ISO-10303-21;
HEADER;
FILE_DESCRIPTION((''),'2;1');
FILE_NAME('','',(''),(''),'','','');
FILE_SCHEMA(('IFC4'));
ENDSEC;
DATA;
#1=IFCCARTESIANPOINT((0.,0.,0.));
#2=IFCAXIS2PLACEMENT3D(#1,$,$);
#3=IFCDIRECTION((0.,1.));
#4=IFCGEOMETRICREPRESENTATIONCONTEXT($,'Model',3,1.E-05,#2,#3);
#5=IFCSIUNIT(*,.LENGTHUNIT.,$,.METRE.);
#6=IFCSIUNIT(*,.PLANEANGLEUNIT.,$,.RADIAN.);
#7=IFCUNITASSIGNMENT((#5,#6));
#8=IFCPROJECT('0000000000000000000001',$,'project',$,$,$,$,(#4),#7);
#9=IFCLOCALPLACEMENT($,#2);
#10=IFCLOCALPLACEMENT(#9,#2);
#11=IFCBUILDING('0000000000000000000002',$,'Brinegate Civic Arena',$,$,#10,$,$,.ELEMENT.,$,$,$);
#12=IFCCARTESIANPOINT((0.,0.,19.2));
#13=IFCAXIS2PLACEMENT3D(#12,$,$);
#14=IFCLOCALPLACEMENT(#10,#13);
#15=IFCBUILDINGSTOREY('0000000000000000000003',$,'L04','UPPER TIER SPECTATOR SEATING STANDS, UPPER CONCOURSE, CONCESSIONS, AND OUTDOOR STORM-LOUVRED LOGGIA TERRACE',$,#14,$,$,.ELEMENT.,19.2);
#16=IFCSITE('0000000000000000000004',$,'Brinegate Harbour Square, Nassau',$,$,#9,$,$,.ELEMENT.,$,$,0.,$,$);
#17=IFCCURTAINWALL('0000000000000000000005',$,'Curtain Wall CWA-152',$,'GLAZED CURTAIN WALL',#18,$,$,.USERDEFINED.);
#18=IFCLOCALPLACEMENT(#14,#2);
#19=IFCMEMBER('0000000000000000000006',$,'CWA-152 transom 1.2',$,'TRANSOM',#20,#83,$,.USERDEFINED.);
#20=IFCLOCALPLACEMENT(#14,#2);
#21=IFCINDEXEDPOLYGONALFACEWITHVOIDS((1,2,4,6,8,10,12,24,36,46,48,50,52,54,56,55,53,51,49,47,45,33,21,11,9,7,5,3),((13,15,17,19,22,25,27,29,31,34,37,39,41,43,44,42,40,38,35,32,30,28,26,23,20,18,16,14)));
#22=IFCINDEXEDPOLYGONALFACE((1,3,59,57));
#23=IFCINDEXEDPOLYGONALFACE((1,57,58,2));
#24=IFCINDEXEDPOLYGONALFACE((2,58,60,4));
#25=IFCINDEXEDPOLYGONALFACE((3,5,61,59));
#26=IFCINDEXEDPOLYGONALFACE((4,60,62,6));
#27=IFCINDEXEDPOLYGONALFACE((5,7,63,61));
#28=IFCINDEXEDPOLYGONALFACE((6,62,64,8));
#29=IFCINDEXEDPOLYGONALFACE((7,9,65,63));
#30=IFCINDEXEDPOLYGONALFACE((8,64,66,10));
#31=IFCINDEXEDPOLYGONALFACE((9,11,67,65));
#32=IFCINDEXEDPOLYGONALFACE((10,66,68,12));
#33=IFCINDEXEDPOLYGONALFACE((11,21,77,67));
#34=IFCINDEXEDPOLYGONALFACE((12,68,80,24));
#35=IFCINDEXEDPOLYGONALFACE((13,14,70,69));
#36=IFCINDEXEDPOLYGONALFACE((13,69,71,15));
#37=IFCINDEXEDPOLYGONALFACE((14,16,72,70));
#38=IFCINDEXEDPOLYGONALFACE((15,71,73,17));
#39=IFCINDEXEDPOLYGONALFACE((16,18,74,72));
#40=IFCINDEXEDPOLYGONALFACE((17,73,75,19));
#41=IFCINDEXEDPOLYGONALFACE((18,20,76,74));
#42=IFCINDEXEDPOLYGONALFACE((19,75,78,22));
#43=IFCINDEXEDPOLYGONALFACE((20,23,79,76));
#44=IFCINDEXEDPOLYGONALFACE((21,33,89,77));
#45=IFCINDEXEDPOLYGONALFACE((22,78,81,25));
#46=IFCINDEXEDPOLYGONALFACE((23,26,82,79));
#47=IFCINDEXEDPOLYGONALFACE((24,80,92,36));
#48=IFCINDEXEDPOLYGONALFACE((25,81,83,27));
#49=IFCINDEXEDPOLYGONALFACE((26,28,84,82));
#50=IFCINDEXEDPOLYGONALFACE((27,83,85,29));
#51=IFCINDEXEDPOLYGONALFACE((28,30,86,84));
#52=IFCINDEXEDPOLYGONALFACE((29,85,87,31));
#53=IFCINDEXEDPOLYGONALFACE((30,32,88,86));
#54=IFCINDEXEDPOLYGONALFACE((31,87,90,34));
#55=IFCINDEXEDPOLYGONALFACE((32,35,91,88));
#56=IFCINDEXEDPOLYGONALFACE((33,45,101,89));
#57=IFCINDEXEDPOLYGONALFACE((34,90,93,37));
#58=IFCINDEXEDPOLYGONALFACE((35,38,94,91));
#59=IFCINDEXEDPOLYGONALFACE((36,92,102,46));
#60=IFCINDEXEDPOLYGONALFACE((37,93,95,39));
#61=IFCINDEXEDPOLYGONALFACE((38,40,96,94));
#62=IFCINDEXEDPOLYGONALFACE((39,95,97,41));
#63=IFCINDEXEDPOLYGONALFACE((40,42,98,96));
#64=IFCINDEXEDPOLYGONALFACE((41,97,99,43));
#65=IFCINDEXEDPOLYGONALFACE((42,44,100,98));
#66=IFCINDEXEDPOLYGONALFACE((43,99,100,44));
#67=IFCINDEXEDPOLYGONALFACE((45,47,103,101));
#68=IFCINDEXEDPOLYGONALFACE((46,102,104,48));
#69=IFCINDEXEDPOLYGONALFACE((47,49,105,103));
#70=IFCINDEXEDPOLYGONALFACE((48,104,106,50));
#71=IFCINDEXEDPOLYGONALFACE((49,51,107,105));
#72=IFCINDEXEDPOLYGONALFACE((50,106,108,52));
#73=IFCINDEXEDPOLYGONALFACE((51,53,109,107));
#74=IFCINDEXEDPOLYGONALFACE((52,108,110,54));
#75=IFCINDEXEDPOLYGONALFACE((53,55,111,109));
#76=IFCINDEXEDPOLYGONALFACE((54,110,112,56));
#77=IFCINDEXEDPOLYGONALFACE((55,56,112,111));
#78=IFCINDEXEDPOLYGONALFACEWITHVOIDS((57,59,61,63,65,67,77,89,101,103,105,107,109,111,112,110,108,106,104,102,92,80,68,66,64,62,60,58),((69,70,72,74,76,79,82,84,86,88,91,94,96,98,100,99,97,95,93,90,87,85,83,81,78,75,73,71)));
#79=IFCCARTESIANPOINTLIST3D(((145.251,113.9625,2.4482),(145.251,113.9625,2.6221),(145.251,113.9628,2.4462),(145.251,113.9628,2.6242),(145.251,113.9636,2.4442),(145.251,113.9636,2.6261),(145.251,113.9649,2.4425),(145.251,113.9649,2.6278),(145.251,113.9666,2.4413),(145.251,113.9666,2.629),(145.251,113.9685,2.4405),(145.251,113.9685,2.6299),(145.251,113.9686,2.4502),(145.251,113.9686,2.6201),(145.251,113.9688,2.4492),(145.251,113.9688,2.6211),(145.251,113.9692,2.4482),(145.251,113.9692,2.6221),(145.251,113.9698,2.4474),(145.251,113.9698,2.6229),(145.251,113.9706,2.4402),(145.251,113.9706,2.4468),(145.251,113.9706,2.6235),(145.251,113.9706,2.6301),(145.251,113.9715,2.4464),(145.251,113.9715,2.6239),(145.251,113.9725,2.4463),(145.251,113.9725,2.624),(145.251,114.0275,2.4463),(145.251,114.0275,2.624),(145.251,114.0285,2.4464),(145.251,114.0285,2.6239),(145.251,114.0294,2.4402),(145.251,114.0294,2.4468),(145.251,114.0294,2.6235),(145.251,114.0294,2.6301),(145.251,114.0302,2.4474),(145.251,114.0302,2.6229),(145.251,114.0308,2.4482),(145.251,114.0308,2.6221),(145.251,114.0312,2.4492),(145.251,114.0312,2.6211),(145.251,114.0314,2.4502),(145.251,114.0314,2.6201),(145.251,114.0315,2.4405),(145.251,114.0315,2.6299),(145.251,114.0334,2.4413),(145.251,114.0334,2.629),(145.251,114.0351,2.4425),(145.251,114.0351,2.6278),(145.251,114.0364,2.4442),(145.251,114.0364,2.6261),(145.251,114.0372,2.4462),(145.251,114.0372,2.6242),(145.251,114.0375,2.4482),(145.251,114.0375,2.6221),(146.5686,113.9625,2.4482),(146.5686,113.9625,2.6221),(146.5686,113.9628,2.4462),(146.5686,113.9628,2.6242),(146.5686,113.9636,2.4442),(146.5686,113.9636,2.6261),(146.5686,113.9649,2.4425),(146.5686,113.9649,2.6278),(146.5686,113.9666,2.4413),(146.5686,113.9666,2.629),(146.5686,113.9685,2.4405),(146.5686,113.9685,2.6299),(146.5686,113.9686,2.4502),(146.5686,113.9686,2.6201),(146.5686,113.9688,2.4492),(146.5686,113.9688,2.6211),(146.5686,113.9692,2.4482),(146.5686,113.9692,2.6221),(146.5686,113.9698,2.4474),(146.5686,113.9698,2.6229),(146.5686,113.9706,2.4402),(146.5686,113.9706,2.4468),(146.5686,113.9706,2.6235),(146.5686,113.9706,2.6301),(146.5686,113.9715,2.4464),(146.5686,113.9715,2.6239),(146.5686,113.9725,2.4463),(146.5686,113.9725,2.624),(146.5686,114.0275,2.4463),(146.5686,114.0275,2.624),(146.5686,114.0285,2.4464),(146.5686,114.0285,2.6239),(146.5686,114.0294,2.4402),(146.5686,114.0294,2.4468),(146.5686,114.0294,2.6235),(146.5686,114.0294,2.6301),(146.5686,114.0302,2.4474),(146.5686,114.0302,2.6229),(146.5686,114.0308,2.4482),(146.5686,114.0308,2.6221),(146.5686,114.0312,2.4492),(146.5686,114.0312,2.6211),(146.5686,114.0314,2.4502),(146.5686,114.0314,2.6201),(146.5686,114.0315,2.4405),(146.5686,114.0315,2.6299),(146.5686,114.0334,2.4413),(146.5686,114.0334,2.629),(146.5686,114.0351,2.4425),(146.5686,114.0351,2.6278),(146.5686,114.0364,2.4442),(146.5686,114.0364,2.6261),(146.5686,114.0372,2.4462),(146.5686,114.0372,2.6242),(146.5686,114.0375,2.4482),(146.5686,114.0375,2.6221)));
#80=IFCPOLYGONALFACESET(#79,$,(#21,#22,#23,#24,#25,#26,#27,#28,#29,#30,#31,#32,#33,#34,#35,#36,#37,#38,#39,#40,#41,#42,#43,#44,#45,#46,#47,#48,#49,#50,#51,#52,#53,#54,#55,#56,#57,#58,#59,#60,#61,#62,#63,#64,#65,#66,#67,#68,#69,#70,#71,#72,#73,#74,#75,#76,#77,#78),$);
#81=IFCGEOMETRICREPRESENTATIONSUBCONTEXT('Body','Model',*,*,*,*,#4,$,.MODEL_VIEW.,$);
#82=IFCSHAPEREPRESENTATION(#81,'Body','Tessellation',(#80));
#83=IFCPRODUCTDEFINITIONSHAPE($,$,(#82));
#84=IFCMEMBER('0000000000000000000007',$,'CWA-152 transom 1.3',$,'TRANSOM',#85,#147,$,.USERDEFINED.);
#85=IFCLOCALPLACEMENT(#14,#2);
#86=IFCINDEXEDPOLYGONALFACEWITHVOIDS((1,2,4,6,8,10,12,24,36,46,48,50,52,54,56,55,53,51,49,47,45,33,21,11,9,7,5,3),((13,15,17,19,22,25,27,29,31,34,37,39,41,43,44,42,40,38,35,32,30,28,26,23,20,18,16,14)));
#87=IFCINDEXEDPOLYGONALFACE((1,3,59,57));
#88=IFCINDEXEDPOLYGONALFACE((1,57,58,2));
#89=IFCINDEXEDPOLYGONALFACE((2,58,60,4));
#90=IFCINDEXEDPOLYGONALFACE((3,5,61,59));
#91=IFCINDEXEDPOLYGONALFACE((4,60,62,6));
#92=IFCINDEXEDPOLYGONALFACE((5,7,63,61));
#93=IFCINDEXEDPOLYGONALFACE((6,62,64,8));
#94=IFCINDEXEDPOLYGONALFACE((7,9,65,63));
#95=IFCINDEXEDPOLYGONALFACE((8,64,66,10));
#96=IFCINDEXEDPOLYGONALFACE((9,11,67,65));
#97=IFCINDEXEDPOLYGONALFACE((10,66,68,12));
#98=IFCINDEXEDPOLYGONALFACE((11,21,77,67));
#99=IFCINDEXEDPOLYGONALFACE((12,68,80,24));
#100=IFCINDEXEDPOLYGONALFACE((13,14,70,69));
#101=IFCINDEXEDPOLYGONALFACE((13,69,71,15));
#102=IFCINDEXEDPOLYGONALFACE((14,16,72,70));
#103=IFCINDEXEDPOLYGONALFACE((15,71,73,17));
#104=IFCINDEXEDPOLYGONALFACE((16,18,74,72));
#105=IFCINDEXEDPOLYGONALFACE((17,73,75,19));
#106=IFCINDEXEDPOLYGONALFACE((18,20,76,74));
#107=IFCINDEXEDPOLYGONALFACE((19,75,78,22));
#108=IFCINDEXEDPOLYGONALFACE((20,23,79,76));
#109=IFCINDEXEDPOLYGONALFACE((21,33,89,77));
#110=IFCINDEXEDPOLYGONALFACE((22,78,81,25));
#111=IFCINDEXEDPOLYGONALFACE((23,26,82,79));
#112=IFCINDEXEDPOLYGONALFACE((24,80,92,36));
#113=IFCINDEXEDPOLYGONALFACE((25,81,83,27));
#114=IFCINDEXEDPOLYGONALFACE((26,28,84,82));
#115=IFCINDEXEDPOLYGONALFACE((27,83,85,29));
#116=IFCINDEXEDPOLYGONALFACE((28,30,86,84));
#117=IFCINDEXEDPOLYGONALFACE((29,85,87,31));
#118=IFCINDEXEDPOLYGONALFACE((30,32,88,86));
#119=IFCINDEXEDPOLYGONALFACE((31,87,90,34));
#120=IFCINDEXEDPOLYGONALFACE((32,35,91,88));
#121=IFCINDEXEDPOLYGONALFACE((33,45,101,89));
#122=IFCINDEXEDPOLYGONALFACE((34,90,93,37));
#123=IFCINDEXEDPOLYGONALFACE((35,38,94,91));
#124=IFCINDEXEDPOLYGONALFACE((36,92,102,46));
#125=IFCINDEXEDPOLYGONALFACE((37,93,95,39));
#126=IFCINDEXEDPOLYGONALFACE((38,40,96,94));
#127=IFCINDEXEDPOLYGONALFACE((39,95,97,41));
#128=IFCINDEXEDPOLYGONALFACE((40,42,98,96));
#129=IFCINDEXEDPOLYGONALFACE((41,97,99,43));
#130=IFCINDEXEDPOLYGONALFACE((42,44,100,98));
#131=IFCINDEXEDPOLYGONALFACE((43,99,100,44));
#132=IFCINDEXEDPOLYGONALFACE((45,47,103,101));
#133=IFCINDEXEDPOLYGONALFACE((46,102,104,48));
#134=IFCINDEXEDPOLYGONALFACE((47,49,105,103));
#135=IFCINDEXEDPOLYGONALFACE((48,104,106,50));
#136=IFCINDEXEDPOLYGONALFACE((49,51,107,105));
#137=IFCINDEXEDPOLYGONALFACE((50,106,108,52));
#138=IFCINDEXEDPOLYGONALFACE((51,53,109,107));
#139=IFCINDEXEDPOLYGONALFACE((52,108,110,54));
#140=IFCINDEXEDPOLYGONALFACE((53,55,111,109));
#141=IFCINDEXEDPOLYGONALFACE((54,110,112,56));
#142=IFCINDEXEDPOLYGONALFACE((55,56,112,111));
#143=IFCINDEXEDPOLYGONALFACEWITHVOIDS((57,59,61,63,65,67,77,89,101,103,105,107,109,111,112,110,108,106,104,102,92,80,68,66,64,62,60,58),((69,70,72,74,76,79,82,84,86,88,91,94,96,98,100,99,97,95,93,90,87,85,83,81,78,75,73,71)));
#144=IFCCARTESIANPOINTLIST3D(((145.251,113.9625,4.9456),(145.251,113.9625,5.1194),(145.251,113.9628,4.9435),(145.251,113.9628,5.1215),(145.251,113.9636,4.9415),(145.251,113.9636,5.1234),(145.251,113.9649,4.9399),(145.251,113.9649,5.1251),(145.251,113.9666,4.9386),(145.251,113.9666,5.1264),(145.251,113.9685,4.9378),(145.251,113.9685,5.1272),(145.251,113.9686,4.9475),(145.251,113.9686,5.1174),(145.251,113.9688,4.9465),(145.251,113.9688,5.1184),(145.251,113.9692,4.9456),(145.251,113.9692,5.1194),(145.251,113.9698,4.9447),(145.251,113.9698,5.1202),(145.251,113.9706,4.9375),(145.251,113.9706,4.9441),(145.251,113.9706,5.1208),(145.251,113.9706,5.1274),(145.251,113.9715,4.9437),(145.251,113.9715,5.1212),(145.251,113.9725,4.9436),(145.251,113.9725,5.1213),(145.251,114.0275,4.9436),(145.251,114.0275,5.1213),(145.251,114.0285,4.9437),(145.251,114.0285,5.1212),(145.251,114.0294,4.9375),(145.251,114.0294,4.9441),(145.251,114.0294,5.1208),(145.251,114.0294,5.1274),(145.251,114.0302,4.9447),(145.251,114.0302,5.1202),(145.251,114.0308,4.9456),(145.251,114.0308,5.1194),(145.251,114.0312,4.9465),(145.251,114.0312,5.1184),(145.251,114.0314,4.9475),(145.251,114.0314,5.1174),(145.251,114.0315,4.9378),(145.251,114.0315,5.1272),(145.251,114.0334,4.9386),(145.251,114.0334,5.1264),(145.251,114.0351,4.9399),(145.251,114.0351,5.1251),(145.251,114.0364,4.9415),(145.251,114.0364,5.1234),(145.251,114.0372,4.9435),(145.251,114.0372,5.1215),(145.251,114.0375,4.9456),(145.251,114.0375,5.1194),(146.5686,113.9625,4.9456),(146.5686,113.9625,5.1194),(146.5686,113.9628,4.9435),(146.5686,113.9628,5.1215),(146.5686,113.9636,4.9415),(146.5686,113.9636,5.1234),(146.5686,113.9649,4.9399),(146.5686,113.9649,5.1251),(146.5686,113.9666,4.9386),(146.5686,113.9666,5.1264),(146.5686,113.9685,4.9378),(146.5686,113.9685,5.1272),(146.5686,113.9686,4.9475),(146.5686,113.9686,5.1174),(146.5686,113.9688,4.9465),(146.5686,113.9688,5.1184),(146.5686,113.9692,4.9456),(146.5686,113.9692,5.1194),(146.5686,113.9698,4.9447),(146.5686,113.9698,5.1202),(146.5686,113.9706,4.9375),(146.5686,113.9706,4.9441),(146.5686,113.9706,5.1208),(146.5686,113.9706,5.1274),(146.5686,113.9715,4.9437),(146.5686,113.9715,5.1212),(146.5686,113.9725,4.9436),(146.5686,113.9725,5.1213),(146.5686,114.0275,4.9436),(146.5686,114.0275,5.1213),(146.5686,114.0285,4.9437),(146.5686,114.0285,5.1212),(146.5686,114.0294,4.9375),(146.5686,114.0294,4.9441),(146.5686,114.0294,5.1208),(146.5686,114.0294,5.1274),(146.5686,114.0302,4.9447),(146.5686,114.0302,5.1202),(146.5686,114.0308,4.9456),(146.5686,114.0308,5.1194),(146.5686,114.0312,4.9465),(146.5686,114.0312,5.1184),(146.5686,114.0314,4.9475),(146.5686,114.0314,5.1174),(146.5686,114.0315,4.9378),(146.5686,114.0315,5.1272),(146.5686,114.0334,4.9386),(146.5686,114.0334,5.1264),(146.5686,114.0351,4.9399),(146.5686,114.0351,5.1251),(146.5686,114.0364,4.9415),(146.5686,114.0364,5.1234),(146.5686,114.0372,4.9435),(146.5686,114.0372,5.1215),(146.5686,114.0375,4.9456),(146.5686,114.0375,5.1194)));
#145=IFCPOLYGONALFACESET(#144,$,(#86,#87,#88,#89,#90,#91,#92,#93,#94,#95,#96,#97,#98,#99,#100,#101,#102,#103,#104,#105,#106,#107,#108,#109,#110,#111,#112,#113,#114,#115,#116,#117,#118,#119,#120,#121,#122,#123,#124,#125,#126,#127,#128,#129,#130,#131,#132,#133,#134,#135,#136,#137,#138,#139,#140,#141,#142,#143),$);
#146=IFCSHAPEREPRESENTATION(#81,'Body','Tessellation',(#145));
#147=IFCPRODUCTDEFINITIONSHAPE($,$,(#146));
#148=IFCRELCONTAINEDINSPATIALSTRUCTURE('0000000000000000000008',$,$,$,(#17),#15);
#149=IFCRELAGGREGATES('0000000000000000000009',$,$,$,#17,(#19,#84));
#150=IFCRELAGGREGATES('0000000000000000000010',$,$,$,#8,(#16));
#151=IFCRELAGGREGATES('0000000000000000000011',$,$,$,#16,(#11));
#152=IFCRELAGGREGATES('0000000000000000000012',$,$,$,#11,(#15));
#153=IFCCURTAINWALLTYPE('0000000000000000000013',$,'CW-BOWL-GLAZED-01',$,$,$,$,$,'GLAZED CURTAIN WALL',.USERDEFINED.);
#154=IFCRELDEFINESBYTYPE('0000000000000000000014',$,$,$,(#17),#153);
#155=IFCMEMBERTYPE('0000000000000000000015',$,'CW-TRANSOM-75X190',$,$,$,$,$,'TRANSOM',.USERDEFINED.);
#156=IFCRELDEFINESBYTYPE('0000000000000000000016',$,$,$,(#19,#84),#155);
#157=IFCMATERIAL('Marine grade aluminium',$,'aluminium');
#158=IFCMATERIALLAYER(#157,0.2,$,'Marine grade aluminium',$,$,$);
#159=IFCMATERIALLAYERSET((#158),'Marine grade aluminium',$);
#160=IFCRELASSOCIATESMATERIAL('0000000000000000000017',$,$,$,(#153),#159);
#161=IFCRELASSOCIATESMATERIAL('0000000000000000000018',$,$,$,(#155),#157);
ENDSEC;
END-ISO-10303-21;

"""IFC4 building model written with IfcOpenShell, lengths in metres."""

from ifc_helpers import new_model, si_unit, direction, frame, origin, origin_2d, place, context, subcontext, project, spatial, hollow_rectangle, extrude, material, layer, layer_set, material_profile, profile_set, type_object, element, aggregate, save


model = new_model("IFC4")

# Units and contexts
model_context = context("Model", 3, precision=1e-05, world=origin(), true_north=direction((0.0, 1.0)))
body_context = subcontext(model_context, "Body", "Model", "MODEL_VIEW")
ifc_project = project(units=[si_unit("LENGTHUNIT", "METRE"), si_unit("PLANEANGLEUNIT", "RADIAN")], contexts=[model_context])

# Site, building, storey
site_placement = place(None, origin())
site = spatial("IfcSite", under=ifc_project, at=site_placement, Name="Brinegate Harbour Square, Nassau", CompositionType="ELEMENT", RefElevation=0.0)
building_placement = place(site_placement, origin())
building = spatial("IfcBuilding", under=site, at=building_placement, Name="Brinegate Civic Arena", CompositionType="ELEMENT")
storey_placement = place(building_placement, frame((0.0, 0.0, 19.2)))
storey = spatial("IfcBuildingStorey", under=building, at=storey_placement, Name="L04", Description="UPPER TIER SPECTATOR SEATING STANDS, UPPER CONCOURSE, CONCESSIONS, AND OUTDOOR STORM-LOUVRED LOGGIA TERRACE", CompositionType="ELEMENT", Elevation=19.2)

# Curtain wall, members
ifc_material_1 = material(Name="Marine grade aluminium", Category="aluminium")
ifc_layer_1 = layer(ifc_material_1, 0.2, Name="Marine grade aluminium")
ifc_layer_set_1 = layer_set([ifc_layer_1], Name="Marine grade aluminium")
curtain_wall_type = type_object("IfcCurtainWallType", Name="CW-BOWL-GLAZED-01", ElementType="GLAZED CURTAIN WALL", PredefinedType="USERDEFINED", material=ifc_layer_set_1)
curtain_wall_placement = place(storey_placement, origin())
curtain_wall = element("IfcCurtainWall", 1, at=curtain_wall_placement, inside=storey, type_object=curtain_wall_type, Name="Curtain Wall CWA-152", ObjectType="GLAZED CURTAIN WALL", PredefinedType="USERDEFINED")
ifc_material_profile_1 = material_profile(ifc_material_1, hollow_rectangle(XDim=0.075, YDim=0.1899, WallThickness=0.0061, InnerFilletRadius=0.0039, OuterFilletRadius=0.0081, at=origin_2d()), Name="TRN75X190")
ifc_profile_set_1 = profile_set([ifc_material_profile_1], Name="Marine grade aluminium")
member_type_1 = type_object("IfcMemberType", Name="CW-TRANSOM-75X190", ElementType="TRANSOM", PredefinedType="USERDEFINED", material=ifc_profile_set_1)
member_1_placement = place(storey_placement, frame((145.251, 114.0, 2.5352), z_axis=(1.0, 0.0, 0.0), x_axis=(0.0, 1.0, 0.0)))
member_1 = element("IfcMember", 2, at=member_1_placement, type_object=member_type_1, Name="CWA-152 transom 1.2", ObjectType="TRANSOM", PredefinedType="USERDEFINED", context=body_context, shape_type="SweptSolid", body=[
    extrude(hollow_rectangle(XDim=0.075, YDim=0.1899, WallThickness=0.0061, InnerFilletRadius=0.0039, OuterFilletRadius=0.0081, at=origin_2d()), origin(), (0.0, 0.0, 1.0), 1.3176),
])
member_2_placement = place(storey_placement, frame((145.251, 114.0, 5.0325), z_axis=(1.0, 0.0, 0.0), x_axis=(0.0, 1.0, 0.0)))
member_2 = element("IfcMember", 3, at=member_2_placement, type_object=member_type_1, Name="CWA-152 transom 1.3", ObjectType="TRANSOM", PredefinedType="USERDEFINED", context=body_context, shape_type="SweptSolid", body=[
    extrude(hollow_rectangle(XDim=0.075, YDim=0.1899, WallThickness=0.0061, InnerFilletRadius=0.0039, OuterFilletRadius=0.0081, at=origin_2d()), origin(), (0.0, 0.0, 1.0), 1.3176),
])

aggregate(curtain_wall, [member_1, member_2])

save(model, "model.ifc")
